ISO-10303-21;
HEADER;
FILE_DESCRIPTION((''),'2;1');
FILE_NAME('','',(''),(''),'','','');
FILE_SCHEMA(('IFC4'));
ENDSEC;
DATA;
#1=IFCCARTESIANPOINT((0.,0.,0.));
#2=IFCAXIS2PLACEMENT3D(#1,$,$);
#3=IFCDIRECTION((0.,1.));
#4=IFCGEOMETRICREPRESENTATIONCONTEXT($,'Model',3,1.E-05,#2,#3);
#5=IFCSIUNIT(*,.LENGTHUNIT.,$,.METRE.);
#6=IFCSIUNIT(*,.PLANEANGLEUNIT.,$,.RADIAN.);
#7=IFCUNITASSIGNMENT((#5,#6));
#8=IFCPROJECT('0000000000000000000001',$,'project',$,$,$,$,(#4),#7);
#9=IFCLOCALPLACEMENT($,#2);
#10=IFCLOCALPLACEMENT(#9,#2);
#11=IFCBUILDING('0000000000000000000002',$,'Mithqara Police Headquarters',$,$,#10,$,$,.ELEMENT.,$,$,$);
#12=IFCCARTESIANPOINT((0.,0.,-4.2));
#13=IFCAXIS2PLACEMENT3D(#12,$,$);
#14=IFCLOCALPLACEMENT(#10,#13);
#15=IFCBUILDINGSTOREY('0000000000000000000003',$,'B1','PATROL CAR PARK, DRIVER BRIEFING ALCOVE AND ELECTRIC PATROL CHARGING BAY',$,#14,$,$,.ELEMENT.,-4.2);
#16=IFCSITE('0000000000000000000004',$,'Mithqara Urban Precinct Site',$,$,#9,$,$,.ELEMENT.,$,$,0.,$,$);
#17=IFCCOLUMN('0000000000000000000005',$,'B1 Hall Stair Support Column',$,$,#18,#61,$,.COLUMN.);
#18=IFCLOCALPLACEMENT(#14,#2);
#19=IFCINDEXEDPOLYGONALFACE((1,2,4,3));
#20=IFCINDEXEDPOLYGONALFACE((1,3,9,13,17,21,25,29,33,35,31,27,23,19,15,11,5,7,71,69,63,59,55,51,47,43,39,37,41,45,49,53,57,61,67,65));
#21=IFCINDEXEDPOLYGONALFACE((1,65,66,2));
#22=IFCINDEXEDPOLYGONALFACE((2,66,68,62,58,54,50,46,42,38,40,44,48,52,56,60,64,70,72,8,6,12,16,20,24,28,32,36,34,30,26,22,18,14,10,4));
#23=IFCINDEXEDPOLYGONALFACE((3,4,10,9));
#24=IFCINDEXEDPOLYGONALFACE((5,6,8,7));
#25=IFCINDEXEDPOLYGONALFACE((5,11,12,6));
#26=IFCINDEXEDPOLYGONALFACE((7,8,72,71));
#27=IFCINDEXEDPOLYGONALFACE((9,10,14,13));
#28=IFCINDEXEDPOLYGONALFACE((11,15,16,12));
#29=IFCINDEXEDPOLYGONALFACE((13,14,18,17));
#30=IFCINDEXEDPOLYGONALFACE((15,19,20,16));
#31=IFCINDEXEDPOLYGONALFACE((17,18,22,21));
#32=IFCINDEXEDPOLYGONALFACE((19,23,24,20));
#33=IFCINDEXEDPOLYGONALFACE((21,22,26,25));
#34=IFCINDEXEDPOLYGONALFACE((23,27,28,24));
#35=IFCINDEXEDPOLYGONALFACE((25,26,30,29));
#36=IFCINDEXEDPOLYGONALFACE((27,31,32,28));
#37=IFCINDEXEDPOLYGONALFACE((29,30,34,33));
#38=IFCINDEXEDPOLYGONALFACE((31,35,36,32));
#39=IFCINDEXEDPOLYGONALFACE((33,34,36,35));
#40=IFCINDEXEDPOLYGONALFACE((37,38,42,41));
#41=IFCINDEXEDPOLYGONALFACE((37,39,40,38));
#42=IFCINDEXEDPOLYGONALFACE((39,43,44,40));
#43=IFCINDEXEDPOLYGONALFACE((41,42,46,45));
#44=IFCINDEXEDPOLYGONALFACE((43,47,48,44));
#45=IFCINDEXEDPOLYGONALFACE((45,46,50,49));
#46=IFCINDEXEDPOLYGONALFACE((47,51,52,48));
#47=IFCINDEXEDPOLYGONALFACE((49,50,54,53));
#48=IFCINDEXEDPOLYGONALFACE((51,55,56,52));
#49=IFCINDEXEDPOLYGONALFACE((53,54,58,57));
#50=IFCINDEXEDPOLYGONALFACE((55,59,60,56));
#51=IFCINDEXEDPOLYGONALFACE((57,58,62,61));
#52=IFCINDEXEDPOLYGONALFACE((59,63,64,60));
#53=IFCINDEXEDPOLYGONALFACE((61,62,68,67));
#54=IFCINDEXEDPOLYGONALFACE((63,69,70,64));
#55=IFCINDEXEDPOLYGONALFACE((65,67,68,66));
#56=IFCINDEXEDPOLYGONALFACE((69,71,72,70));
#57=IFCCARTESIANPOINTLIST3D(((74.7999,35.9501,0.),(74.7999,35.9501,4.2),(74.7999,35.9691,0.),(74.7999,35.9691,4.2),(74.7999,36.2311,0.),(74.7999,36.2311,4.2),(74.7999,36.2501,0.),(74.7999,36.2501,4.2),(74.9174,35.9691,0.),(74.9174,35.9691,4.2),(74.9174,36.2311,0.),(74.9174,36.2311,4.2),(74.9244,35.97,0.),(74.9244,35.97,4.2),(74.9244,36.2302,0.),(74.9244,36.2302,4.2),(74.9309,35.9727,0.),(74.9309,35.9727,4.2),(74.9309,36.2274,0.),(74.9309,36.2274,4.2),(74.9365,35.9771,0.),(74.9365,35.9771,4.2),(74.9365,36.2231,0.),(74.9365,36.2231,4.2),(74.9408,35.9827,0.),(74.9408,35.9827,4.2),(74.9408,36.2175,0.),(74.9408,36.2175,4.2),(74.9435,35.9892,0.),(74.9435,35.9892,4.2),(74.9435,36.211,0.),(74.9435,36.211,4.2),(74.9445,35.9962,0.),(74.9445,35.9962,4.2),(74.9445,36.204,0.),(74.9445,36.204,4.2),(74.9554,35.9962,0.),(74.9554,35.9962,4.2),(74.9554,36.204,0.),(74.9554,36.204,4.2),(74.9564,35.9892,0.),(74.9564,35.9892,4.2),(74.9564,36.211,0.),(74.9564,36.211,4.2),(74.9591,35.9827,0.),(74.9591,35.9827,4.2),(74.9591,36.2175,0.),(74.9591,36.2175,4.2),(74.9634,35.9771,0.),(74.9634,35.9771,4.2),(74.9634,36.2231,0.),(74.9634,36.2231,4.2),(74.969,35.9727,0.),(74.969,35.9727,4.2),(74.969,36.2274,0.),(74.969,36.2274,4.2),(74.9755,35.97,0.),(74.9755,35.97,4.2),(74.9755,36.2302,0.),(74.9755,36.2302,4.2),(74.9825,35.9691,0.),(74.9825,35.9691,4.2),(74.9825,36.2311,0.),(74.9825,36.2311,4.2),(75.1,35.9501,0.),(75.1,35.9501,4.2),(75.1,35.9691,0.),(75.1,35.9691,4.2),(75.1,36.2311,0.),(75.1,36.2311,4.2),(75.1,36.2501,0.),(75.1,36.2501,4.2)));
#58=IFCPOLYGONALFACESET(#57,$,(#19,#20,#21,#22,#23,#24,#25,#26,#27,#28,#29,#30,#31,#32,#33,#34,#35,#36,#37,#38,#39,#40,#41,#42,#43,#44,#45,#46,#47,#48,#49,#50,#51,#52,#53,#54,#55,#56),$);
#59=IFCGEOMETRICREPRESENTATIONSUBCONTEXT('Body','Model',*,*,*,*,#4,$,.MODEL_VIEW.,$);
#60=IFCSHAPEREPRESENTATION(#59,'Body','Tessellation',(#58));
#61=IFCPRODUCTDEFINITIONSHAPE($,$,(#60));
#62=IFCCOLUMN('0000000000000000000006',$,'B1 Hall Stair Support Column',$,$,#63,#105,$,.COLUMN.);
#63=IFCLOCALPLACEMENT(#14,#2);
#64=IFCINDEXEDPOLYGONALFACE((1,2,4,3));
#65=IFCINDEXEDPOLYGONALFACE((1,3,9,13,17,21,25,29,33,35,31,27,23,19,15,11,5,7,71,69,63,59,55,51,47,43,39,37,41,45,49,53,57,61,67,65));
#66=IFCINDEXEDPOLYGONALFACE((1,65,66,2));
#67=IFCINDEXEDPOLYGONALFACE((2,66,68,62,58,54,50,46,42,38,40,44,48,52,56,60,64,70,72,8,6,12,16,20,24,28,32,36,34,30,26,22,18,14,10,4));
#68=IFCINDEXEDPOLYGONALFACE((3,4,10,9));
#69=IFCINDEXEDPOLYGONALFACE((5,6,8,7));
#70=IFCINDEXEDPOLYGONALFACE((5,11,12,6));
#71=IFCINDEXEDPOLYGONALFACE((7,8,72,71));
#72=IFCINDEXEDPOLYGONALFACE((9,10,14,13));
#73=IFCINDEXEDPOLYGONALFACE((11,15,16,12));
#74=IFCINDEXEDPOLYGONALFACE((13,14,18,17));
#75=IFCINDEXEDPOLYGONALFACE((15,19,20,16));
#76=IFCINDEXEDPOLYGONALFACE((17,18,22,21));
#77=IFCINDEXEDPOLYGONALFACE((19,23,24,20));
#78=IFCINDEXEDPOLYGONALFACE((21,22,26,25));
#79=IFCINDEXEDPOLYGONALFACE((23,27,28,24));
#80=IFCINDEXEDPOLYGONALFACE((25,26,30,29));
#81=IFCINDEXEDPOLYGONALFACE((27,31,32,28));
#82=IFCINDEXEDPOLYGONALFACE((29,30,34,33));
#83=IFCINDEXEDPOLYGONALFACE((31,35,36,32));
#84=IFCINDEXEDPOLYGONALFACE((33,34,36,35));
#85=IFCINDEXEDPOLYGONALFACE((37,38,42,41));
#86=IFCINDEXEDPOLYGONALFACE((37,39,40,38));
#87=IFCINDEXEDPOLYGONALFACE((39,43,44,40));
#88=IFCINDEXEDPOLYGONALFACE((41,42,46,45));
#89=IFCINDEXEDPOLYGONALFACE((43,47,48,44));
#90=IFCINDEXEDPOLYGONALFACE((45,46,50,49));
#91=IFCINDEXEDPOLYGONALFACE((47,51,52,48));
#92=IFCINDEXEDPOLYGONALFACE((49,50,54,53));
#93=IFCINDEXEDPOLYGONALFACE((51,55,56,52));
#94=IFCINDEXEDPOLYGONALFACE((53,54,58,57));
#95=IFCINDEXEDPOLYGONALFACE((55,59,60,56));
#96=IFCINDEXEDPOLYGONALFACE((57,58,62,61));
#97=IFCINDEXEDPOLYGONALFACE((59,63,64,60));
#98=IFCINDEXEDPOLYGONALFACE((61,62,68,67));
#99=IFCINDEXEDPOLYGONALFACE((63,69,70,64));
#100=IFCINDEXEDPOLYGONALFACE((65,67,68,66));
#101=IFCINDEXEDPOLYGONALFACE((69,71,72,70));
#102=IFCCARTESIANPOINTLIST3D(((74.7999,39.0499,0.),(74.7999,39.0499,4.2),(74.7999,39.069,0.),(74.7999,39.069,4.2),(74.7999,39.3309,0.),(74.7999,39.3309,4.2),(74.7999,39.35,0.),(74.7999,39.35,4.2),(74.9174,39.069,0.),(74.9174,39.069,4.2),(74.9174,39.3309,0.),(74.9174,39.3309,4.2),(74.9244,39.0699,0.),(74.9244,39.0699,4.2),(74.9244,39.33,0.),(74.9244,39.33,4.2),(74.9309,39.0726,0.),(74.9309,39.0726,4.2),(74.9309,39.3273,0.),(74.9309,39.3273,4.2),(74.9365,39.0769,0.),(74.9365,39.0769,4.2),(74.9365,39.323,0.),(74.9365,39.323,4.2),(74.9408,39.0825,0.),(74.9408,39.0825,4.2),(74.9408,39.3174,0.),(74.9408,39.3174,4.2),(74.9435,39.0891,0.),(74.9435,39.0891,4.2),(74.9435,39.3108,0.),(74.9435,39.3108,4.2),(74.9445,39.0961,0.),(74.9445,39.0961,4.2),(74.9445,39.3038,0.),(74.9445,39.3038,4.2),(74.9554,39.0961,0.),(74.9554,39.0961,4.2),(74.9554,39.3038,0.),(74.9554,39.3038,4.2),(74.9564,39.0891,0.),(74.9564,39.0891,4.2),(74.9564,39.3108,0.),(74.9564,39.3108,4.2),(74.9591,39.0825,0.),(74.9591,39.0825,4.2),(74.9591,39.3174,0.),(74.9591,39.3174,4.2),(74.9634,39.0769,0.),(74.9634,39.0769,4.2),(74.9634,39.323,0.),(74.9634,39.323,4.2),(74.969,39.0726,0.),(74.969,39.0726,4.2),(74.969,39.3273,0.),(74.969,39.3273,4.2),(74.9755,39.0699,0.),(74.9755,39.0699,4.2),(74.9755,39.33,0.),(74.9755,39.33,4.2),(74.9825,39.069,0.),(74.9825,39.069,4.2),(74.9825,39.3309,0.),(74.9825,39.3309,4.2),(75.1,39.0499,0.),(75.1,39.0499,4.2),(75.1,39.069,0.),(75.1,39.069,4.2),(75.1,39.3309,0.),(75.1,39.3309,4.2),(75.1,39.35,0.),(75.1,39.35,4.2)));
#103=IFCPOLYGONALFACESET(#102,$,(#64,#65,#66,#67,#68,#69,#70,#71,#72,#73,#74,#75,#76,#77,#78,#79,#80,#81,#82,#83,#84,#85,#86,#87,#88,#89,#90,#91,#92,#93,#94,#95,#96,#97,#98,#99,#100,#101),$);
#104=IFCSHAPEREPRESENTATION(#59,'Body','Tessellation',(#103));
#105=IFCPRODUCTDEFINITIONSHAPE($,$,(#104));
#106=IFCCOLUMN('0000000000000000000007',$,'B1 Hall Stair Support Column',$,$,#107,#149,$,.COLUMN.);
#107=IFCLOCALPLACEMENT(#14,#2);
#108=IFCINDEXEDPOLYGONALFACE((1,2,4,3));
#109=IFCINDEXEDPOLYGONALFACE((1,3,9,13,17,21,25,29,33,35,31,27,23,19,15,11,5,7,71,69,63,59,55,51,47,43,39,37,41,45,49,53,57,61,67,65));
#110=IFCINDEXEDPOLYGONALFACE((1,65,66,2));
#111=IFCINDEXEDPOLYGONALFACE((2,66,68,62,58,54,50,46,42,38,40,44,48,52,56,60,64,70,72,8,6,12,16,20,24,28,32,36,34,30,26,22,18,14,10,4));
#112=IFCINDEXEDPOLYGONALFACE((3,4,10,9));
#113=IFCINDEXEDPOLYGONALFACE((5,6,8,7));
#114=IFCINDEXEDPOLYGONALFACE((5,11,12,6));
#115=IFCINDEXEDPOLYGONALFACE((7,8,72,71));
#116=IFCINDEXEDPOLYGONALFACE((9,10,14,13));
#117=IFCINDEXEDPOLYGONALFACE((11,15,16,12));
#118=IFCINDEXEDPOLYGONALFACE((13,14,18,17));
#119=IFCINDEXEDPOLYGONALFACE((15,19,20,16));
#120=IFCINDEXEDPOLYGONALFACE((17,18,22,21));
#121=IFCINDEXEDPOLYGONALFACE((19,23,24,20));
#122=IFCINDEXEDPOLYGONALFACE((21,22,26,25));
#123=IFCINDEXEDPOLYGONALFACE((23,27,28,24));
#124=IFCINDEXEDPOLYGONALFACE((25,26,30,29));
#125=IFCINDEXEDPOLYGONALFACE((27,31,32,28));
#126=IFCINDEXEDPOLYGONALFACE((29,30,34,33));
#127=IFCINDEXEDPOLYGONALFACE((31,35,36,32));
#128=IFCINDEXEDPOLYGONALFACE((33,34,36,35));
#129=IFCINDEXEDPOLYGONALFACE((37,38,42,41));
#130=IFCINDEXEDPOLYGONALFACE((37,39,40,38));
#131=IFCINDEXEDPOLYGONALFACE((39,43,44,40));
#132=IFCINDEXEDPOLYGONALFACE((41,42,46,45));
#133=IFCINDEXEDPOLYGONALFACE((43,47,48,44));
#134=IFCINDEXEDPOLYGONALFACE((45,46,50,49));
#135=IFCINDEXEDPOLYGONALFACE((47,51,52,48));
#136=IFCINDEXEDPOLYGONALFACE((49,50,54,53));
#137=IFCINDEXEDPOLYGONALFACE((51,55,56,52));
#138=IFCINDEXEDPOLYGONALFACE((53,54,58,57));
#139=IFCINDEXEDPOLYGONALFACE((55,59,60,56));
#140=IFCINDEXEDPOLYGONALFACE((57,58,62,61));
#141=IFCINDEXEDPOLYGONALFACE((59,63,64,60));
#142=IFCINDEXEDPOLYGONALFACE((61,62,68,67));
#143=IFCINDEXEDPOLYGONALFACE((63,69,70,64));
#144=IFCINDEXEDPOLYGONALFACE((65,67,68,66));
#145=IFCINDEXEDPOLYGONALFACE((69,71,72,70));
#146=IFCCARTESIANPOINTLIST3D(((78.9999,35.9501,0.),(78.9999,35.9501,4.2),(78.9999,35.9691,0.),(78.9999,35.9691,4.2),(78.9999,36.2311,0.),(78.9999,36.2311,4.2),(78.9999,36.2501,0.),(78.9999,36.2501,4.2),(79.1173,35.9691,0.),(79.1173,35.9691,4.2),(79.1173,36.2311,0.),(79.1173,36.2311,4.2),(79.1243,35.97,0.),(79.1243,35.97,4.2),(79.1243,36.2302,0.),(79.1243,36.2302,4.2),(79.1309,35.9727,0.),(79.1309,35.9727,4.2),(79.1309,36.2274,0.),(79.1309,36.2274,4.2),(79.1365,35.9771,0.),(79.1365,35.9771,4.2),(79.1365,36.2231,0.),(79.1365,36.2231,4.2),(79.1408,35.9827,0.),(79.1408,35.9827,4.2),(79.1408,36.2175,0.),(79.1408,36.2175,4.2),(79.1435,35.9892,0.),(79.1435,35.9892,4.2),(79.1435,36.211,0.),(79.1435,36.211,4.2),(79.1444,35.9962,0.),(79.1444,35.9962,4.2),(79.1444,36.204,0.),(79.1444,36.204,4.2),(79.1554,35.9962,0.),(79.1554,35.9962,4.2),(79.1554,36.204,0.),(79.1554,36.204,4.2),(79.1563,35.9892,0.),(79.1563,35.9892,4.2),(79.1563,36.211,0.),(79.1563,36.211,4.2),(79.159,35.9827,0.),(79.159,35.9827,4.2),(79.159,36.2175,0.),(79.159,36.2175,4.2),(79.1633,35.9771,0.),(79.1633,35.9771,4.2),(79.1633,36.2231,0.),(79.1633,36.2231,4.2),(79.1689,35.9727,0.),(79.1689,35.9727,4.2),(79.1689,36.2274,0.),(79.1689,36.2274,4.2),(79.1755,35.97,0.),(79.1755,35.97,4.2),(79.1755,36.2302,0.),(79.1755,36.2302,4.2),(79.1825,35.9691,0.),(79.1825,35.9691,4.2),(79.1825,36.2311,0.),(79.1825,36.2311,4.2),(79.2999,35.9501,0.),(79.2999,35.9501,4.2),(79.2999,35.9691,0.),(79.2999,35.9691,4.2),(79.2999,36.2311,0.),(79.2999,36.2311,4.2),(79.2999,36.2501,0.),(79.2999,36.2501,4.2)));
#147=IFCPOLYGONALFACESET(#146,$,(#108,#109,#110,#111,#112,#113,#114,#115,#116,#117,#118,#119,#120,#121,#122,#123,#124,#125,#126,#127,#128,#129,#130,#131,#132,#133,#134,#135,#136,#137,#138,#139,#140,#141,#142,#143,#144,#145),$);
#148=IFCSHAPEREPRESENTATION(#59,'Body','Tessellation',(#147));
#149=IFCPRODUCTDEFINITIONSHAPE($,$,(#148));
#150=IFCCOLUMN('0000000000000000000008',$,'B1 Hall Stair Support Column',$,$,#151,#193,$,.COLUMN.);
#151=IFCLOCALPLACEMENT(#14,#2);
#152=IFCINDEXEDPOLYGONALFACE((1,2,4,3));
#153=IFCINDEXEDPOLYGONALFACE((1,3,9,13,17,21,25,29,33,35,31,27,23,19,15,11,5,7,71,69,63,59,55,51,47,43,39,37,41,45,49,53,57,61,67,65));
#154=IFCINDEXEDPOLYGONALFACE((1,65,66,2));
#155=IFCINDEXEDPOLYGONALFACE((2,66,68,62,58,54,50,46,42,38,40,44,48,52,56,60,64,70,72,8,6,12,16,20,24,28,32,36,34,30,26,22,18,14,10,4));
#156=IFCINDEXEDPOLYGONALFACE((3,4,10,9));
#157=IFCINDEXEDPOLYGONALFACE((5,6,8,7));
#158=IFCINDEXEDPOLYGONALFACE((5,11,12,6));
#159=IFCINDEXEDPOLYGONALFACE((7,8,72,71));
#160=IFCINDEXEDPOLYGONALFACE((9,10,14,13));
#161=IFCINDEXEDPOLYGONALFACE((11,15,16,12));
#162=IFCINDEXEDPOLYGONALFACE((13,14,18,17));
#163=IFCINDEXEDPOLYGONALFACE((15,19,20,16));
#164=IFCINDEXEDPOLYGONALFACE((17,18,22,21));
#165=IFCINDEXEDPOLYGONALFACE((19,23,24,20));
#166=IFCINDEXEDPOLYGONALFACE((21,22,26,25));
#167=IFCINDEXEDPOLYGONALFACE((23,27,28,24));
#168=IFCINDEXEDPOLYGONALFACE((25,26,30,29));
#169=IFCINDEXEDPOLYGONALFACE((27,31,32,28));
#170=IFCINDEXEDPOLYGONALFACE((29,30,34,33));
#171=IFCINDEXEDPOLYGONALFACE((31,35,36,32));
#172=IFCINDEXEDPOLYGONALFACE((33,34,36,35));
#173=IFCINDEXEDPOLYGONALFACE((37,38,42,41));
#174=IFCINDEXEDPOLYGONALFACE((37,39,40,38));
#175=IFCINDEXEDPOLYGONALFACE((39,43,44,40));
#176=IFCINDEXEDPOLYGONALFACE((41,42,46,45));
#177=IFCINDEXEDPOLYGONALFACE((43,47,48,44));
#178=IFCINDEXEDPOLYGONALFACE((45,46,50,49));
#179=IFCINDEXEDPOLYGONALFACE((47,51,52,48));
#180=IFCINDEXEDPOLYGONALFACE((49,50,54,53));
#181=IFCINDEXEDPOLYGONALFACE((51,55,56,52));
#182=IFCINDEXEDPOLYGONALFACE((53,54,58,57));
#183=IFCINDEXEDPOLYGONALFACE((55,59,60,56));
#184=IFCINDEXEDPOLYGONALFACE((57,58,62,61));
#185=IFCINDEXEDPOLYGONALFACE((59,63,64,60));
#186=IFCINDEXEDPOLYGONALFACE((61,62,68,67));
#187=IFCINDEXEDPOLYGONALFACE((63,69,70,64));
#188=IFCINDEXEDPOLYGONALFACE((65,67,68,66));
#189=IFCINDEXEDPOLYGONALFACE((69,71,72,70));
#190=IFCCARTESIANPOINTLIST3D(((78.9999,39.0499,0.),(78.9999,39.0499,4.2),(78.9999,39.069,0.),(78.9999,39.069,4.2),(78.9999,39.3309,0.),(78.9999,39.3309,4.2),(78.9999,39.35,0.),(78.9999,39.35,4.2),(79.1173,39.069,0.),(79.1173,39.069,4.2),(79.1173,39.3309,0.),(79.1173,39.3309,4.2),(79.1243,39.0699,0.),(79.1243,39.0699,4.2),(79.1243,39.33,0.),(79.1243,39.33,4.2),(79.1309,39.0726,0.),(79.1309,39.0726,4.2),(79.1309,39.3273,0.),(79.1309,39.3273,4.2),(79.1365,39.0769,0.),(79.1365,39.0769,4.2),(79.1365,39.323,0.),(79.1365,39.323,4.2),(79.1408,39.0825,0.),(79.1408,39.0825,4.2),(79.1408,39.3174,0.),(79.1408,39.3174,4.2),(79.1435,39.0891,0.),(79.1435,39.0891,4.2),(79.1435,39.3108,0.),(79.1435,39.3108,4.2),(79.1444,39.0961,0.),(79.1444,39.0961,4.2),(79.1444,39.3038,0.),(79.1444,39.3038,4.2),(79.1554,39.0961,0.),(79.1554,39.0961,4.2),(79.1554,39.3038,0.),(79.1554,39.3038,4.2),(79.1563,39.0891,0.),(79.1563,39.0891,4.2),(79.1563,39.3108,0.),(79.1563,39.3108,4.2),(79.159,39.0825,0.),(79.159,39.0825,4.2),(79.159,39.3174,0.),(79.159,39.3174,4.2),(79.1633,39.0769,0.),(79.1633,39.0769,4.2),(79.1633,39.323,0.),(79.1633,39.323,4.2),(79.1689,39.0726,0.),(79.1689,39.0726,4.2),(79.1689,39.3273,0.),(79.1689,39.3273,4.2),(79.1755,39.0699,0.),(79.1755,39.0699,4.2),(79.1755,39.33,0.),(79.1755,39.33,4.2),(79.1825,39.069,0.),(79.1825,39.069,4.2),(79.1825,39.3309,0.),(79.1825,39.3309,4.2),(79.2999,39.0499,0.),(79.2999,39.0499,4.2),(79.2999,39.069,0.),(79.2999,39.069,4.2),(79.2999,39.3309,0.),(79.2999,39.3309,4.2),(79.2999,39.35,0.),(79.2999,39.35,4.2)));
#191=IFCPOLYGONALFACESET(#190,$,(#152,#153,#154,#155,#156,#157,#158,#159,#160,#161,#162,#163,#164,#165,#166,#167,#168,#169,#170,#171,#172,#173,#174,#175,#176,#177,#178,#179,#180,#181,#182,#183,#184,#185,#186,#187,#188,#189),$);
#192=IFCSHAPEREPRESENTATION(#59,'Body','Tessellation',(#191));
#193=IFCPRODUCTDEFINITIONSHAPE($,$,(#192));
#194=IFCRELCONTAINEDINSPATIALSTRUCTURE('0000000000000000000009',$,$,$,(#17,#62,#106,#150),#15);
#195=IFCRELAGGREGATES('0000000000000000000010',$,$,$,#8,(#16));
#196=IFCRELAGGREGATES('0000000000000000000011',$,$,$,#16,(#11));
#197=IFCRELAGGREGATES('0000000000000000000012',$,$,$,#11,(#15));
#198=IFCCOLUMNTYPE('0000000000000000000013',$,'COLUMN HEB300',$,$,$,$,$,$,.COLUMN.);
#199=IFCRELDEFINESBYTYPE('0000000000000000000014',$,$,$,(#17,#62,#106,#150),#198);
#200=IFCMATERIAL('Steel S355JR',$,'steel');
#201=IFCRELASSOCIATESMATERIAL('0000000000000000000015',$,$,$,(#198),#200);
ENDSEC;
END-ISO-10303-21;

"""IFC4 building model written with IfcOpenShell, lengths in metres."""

from ifc_helpers import new_model, si_unit, direction, frame, origin, origin_2d, place, context, subcontext, project, spatial, i_section, extrude, material, material_profile, profile_set, type_object, element, save


model = new_model("IFC4")

# Units and contexts
model_context = context("Model", 3, precision=1e-05, world=origin(), true_north=direction((0.0, 1.0)))
body_context = subcontext(model_context, "Body", "Model", "MODEL_VIEW")
ifc_project = project(units=[si_unit("LENGTHUNIT", "METRE"), si_unit("PLANEANGLEUNIT", "RADIAN")], contexts=[model_context])

# Site, building, storey
site_placement = place(None, origin())
site = spatial("IfcSite", under=ifc_project, at=site_placement, Name="Mithqara Urban Precinct Site", CompositionType="ELEMENT", RefElevation=0.0)
building_placement = place(site_placement, origin())
building = spatial("IfcBuilding", under=site, at=building_placement, Name="Mithqara Police Headquarters", CompositionType="ELEMENT")
storey_placement = place(building_placement, frame((0.0, 0.0, -4.2)))
storey = spatial("IfcBuildingStorey", under=building, at=storey_placement, Name="B1", Description="PATROL CAR PARK, DRIVER BRIEFING ALCOVE AND ELECTRIC PATROL CHARGING BAY", CompositionType="ELEMENT", Elevation=-4.2)

# Columns
ifc_material_1 = material(Name="Steel S355JR", Category="steel")
ifc_material_profile_1 = material_profile(ifc_material_1, i_section(OverallWidth=0.3, OverallDepth=0.3, WebThickness=0.011, FlangeThickness=0.019, FilletRadius=0.0271, at=origin_2d()), Name="HEB 300")
ifc_profile_set_1 = profile_set([ifc_material_profile_1], Name="Steel S355JR")
column_type_1 = type_object("IfcColumnType", Name="COLUMN HEB300", PredefinedType="COLUMN", material=ifc_profile_set_1)
for number, where, z_axis, x_axis, name in (
    (1, (74.95, 36.1001, 0.0), (0.0, 0.0, 1.0), (1.0, 0.0, 0.0), "B1 Hall Stair Support Column"),
    (2, (74.95, 39.2, 0.0), (0.0, 0.0, 1.0), (1.0, 0.0, 0.0), "B1 Hall Stair Support Column"),
    (3, (79.1499, 36.1001, 0.0), (0.0, 0.0, 1.0), (1.0, 0.0, 0.0), "B1 Hall Stair Support Column"),
    (4, (79.1499, 39.2, 0.0), (0.0, 0.0, 1.0), (1.0, 0.0, 0.0), "B1 Hall Stair Support Column"),
):
    element("IfcColumn", number, at=place(storey_placement, frame(where, z_axis=z_axis, x_axis=x_axis)), inside=storey, type_object=column_type_1, Name=name, PredefinedType="COLUMN", context=body_context, shape_type="SweptSolid", body=[
        extrude(i_section(OverallWidth=0.3, OverallDepth=0.3, WebThickness=0.011, FlangeThickness=0.019, FilletRadius=0.0271, at=origin_2d()), origin(), (0.0, 0.0, 1.0), 4.2),
    ])

save(model, "model.ifc")
